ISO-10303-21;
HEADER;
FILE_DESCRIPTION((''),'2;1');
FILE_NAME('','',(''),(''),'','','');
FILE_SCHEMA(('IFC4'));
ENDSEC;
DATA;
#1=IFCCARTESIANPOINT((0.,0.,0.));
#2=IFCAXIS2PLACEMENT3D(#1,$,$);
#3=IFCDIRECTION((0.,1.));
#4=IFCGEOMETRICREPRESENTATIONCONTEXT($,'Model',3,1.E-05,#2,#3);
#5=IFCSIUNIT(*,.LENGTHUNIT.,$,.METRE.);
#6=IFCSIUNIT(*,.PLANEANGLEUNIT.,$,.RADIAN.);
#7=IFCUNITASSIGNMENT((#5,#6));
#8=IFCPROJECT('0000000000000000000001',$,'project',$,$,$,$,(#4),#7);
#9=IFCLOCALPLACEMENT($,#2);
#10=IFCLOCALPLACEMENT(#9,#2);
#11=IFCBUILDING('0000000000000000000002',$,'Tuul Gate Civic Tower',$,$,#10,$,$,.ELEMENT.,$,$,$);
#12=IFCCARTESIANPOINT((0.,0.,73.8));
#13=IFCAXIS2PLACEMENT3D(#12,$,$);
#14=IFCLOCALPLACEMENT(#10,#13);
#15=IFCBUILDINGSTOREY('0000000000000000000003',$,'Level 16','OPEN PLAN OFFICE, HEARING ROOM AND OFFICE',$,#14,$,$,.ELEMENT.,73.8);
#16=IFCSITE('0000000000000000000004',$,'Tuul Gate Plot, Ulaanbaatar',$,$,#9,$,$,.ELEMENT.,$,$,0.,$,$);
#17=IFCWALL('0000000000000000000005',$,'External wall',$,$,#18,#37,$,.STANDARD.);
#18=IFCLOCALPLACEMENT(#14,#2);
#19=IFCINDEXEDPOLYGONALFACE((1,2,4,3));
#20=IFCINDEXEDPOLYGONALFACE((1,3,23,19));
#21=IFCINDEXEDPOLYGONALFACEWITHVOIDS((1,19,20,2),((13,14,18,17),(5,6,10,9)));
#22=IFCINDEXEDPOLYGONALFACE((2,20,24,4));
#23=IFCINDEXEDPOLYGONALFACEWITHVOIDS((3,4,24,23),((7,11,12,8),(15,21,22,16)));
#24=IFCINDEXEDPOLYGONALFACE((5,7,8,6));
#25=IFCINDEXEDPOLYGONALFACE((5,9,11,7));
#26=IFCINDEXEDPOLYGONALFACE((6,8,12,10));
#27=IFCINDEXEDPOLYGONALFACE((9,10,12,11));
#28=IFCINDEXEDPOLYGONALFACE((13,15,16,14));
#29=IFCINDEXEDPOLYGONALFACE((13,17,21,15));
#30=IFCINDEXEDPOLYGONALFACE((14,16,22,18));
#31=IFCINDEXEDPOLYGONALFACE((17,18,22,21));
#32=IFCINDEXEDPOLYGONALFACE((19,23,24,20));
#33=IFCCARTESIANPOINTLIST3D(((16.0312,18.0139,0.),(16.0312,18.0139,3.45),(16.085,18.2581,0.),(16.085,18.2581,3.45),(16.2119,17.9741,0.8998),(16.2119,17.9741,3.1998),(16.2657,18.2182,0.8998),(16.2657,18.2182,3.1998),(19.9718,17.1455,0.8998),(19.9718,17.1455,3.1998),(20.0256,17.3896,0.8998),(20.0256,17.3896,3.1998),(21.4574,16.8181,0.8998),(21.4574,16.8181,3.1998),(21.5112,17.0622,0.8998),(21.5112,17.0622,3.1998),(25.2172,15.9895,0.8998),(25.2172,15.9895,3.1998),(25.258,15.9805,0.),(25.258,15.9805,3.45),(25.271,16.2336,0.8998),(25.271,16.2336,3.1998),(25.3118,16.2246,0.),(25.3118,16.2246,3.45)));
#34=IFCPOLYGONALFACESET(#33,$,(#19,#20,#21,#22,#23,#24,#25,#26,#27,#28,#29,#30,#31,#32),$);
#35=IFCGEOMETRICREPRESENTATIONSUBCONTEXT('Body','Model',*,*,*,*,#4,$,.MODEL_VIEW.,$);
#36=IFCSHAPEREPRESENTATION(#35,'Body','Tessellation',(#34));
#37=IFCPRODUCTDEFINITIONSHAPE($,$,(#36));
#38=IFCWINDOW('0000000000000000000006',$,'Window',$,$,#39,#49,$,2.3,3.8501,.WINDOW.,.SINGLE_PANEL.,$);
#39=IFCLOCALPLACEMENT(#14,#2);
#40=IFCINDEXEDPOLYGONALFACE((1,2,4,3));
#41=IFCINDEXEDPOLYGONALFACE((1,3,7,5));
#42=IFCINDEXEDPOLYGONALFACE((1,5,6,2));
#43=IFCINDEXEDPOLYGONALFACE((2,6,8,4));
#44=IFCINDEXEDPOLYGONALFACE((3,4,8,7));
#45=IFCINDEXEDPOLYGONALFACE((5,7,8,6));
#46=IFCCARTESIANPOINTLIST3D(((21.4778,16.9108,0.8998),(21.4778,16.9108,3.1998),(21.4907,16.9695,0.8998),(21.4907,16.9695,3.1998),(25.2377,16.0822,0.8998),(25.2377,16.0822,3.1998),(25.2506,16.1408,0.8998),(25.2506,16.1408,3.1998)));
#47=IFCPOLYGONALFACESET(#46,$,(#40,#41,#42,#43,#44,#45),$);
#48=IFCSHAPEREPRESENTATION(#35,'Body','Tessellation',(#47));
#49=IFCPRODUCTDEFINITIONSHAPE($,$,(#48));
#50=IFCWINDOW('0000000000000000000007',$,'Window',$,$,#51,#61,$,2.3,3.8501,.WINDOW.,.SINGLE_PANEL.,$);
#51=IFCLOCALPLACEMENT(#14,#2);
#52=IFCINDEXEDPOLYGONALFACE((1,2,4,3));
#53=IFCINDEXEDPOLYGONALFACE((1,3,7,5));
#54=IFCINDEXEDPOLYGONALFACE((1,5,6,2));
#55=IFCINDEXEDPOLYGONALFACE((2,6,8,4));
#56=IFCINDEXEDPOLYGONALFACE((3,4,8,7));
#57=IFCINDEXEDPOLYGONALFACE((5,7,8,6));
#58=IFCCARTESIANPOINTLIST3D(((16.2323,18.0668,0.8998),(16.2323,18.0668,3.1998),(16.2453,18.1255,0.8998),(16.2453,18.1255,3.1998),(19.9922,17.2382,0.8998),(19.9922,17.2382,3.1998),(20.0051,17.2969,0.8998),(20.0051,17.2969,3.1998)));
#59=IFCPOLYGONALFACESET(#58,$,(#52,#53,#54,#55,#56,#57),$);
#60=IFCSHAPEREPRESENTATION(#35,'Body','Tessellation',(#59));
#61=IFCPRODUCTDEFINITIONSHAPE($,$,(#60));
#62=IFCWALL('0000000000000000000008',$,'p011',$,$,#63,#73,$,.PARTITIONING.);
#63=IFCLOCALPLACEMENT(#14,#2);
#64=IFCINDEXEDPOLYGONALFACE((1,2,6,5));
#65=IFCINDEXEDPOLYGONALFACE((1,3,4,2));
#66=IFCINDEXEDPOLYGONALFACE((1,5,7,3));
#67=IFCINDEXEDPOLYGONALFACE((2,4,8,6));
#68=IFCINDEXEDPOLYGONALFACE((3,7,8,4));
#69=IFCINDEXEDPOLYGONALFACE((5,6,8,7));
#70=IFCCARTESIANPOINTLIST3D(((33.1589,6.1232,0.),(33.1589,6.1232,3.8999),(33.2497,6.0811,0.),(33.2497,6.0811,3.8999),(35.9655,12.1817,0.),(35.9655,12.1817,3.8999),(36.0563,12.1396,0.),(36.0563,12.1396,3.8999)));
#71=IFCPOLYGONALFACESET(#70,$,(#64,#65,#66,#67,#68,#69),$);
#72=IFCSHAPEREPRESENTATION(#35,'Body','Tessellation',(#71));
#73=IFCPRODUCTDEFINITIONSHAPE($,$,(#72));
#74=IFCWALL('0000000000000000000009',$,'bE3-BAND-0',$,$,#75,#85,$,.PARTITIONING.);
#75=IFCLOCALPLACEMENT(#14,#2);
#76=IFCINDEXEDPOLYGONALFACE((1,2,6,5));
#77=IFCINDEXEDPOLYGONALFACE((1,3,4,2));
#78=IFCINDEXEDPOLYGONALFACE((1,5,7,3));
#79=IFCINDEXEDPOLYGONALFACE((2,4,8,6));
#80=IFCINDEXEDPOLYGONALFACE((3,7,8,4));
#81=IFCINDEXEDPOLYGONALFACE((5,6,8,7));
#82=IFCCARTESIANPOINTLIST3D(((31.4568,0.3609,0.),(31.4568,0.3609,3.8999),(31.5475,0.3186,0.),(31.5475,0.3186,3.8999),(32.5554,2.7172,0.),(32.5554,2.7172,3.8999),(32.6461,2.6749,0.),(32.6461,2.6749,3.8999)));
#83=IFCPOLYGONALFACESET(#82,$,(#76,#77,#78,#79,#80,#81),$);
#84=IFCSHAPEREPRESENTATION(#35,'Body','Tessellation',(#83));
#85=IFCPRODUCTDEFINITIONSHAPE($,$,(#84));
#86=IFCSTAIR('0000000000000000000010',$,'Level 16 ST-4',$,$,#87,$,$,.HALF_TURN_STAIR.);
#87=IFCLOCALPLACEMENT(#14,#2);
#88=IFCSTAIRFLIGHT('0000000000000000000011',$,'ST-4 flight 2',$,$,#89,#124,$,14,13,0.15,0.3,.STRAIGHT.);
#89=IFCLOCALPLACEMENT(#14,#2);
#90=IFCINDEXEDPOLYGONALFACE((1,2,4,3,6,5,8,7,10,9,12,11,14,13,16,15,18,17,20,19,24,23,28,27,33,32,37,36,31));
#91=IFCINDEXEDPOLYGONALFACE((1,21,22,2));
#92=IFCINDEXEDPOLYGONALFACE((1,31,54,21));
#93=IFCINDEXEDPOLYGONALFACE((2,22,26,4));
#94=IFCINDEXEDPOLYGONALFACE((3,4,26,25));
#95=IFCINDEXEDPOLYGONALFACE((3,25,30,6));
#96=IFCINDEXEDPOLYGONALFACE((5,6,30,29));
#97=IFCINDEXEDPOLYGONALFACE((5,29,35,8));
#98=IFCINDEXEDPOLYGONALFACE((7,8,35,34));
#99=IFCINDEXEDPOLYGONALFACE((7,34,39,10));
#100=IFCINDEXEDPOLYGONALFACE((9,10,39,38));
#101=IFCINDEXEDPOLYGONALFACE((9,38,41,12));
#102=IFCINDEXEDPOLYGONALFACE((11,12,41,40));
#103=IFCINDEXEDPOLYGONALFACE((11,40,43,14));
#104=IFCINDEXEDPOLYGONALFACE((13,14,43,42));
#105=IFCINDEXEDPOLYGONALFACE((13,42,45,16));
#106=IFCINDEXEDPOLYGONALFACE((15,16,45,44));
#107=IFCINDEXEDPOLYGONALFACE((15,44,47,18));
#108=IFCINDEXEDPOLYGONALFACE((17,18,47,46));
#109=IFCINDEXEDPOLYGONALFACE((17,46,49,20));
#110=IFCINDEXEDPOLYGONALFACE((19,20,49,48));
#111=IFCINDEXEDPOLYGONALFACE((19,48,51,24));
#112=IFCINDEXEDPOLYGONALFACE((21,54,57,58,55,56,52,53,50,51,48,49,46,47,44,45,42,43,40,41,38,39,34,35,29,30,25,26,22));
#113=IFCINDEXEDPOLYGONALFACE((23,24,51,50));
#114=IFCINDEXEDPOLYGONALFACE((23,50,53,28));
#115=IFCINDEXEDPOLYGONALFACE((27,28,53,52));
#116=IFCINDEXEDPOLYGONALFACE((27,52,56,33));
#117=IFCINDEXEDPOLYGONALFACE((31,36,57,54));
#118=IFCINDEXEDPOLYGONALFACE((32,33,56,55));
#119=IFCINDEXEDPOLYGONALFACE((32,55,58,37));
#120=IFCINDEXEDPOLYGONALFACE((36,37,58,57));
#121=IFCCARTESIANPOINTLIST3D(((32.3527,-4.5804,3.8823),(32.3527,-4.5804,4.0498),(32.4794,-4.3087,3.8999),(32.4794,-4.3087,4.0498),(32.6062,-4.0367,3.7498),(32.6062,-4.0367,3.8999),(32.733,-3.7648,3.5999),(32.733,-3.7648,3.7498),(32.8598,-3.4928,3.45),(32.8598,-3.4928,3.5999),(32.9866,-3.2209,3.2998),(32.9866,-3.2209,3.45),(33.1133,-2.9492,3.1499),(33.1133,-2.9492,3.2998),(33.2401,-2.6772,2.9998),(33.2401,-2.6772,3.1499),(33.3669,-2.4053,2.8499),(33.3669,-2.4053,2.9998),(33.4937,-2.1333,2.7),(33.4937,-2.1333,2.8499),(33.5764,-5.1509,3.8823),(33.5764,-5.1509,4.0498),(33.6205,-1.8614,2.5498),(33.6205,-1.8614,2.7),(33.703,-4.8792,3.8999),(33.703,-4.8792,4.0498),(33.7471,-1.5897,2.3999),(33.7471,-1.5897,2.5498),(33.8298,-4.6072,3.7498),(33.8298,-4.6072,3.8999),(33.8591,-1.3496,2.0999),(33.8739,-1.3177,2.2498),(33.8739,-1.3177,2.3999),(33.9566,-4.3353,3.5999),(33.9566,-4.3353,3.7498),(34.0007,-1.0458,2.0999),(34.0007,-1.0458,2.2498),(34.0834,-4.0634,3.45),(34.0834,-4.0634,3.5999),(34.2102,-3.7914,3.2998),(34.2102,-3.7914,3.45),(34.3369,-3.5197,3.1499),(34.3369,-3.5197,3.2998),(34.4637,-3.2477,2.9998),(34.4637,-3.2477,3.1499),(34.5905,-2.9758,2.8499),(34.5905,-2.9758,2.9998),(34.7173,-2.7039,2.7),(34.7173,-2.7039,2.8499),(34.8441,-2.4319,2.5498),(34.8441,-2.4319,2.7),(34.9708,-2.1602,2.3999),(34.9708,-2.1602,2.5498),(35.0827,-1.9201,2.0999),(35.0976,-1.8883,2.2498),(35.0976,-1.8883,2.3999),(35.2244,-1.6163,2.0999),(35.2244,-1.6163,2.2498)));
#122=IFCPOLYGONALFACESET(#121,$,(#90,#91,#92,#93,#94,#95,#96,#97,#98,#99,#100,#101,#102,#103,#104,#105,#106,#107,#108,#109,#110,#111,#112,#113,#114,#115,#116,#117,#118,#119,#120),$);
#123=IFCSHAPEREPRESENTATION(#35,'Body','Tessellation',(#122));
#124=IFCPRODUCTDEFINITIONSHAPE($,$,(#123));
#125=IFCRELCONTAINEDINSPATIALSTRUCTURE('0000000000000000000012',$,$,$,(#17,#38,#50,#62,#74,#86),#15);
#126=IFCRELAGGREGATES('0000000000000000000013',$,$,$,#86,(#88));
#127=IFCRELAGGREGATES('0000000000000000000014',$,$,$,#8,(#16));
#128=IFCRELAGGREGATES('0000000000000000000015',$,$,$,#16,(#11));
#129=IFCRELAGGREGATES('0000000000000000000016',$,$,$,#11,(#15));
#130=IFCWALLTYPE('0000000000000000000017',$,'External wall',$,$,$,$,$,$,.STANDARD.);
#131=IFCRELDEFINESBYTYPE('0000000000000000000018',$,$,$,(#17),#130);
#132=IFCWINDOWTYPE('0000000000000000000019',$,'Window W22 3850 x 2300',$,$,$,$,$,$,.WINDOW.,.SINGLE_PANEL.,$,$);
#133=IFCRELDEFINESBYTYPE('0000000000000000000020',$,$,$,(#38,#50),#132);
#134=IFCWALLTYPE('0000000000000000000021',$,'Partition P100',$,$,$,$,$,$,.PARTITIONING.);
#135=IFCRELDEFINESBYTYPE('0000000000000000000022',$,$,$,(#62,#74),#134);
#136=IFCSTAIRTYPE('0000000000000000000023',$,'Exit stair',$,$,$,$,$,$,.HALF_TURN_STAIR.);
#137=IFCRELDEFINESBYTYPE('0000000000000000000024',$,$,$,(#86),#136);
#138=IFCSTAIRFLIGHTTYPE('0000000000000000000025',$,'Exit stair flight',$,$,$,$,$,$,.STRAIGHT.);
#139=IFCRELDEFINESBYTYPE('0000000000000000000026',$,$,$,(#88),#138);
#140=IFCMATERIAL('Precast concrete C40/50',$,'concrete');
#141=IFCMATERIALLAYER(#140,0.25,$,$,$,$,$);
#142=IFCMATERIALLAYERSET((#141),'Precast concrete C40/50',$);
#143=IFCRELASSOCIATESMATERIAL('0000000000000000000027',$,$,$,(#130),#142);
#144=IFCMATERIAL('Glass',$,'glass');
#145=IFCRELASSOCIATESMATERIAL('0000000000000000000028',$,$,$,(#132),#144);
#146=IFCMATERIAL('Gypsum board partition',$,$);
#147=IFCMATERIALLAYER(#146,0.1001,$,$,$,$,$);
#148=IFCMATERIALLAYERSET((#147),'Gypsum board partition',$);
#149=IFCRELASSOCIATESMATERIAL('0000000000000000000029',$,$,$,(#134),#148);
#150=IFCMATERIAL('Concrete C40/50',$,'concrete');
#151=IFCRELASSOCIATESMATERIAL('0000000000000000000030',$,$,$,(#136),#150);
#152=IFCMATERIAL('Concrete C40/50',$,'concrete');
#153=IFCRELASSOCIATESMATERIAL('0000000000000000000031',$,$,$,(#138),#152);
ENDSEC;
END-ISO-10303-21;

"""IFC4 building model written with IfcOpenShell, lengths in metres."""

from ifc_helpers import new_model, si_unit, direction, frame, frame_2d, origin, place, context, subcontext, project, spatial, polyline, rectangle, outline, extrude, material, layer, layer_set, type_object, element, fill, aggregate, save


model = new_model("IFC4")

# Units and contexts
model_context = context("Model", 3, precision=1e-05, world=origin(), true_north=direction((0.0, 1.0)))
body_context = subcontext(model_context, "Body", "Model", "MODEL_VIEW")
ifc_project = project(units=[si_unit("LENGTHUNIT", "METRE"), si_unit("PLANEANGLEUNIT", "RADIAN")], contexts=[model_context])

# Site, building, storey
site_placement = place(None, origin())
site = spatial("IfcSite", under=ifc_project, at=site_placement, Name="Tuul Gate Plot, Ulaanbaatar", CompositionType="ELEMENT", RefElevation=0.0)
building_placement = place(site_placement, origin())
building = spatial("IfcBuilding", under=site, at=building_placement, Name="Tuul Gate Civic Tower", CompositionType="ELEMENT")
storey_placement = place(building_placement, frame((0.0, 0.0, 73.8)))
storey = spatial("IfcBuildingStorey", under=building, at=storey_placement, Name="Level 16", Description="OPEN PLAN OFFICE, HEARING ROOM AND OFFICE", CompositionType="ELEMENT", Elevation=73.8)

# Wall, openings, windows
ifc_material_1 = material(Name="Precast concrete C40/50", Category="concrete")
ifc_layer_1 = layer(ifc_material_1, 0.25)
ifc_layer_set_1 = layer_set([ifc_layer_1], Name="Precast concrete C40/50")
wall_type_1 = type_object("IfcWallType", Name="External wall", PredefinedType="STANDARD", material=ifc_layer_set_1)
ifc_material_2 = material(Name="Glass", Category="glass")
window_type_1 = type_object("IfcWindowType", Name="Window W22 3850 x 2300", PartitioningType="SINGLE_PANEL", PredefinedType="WINDOW", material=ifc_material_2)
wall_1_placement = place(storey_placement, frame((25.2849, 16.1025, 0.0), z_axis=(0.0, 0.0, 1.0), x_axis=(-0.976566, 0.21522, 0.0)))
wall_1 = element("IfcWall", 1, at=wall_1_placement, inside=storey, type_object=wall_type_1, Name="External wall", PredefinedType="STANDARD", context=body_context, shape_type="SweptSolid", body=[
    extrude(rectangle(XDim=9.4482, YDim=0.25, at=frame_2d((4.7241, 0.0))), origin(), (0.0, 0.0, 1.0), 3.45),
])
opening_1_placement = place(wall_1_placement, frame((0.0417, 0.0, 0.8999)))
opening_1 = element("IfcOpeningElement", 2, at=opening_1_placement, cuts=wall_1, PredefinedType="OPENING", context=body_context, shape_type="SweptSolid", body=[
    extrude(rectangle(XDim=3.8501, YDim=2.3, at=frame_2d((1.925, 1.1499))), frame((0.0, 0.135, 0.0), z_axis=(0.0, -1.0, 0.0), x_axis=(1.0, 0.0, 0.0)), (0.0, 0.0, 1.0), 0.27),
])
opening_2_placement = place(wall_1_placement, frame((5.4131, 0.0, 0.8999)))
opening_2 = element("IfcOpeningElement", 3, at=opening_2_placement, cuts=wall_1, PredefinedType="OPENING", context=body_context, shape_type="SweptSolid", body=[
    extrude(rectangle(XDim=3.8501, YDim=2.3, at=frame_2d((1.925, 1.1499))), frame((0.0, 0.135, 0.0), z_axis=(0.0, -1.0, 0.0), x_axis=(1.0, 0.0, 0.0)), (0.0, 0.0, 1.0), 0.27),
])
window_1_placement = place(opening_1_placement, origin())
window_1 = element("IfcWindow", 4, at=window_1_placement, inside=storey, type_object=window_type_1, Name="Window", OverallHeight=2.3, OverallWidth=3.8501, PartitioningType="SINGLE_PANEL", PredefinedType="WINDOW", context=body_context, shape_type="SweptSolid", body=[
    extrude(rectangle(XDim=3.8501, YDim=2.3, at=frame_2d((1.925, 1.1499))), frame((0.0, 0.03, 0.0), z_axis=(0.0, -1.0, 0.0), x_axis=(1.0, 0.0, 0.0)), (0.0, 0.0, 1.0), 0.0601),
])
fill(opening_1, window_1)
window_2_placement = place(opening_2_placement, origin())
window_2 = element("IfcWindow", 5, at=window_2_placement, inside=storey, type_object=window_type_1, Name="Window", OverallHeight=2.3, OverallWidth=3.8501, PartitioningType="SINGLE_PANEL", PredefinedType="WINDOW", context=body_context, shape_type="SweptSolid", body=[
    extrude(rectangle(XDim=3.8501, YDim=2.3, at=frame_2d((1.925, 1.1499))), frame((0.0, 0.03, 0.0), z_axis=(0.0, -1.0, 0.0), x_axis=(1.0, 0.0, 0.0)), (0.0, 0.0, 1.0), 0.0601),
])
fill(opening_2, window_2)

# Walls
ifc_material_3 = material(Name="Gypsum board partition")
ifc_layer_2 = layer(ifc_material_3, 0.1001)
ifc_layer_set_2 = layer_set([ifc_layer_2], Name="Gypsum board partition")
wall_type_2 = type_object("IfcWallType", Name="Partition P100", PredefinedType="PARTITIONING", material=ifc_layer_set_2)
wall_2_placement = place(storey_placement, frame((33.2043, 6.1023, 0.0), z_axis=(0.0, 0.0, 1.0), x_axis=(0.420338, 0.907368, 0.0)))
element("IfcWall", 6, at=wall_2_placement, inside=storey, type_object=wall_type_2, Name="p011", PredefinedType="PARTITIONING", context=body_context, shape_type="SweptSolid", body=[
    extrude(rectangle(XDim=6.677, YDim=0.1001, at=frame_2d((3.3384, 0.0))), origin(), (0.0, 0.0, 1.0), 3.8999),
])
wall_3_placement = place(storey_placement, frame((31.5022, 0.3398, 0.0), z_axis=(0.0, 0.0, 1.0), x_axis=(0.422556, 0.906337, 0.0)))
element("IfcWall", 7, at=wall_3_placement, inside=storey, type_object=wall_type_2, Name="bE3-BAND-0", PredefinedType="PARTITIONING", context=body_context, shape_type="SweptSolid", body=[
    extrude(rectangle(XDim=2.5999, YDim=0.1001, at=frame_2d((1.2998, 0.0))), origin(), (0.0, 0.0, 1.0), 3.8999),
])

# Stair, stair flight
ifc_material_4 = material(Name="Concrete C40/50", Category="concrete")
stair_type = type_object("IfcStairType", Name="Exit stair", PredefinedType="HALF_TURN_STAIR", material=ifc_material_4)
stair_placement = place(storey_placement, origin())
stair = element("IfcStair", 8, at=stair_placement, inside=storey, type_object=stair_type, Name="Level 16 ST-4", PredefinedType="HALF_TURN_STAIR")
ifc_material_5 = material(Name="Concrete C40/50", Category="concrete")
stair_flight_type = type_object("IfcStairFlightType", Name="Exit stair flight", PredefinedType="STRAIGHT", material=ifc_material_5)
stair_flight_placement = place(storey_placement, frame((34.6125, -1.3311, 2.0999), z_axis=(0.0, 0.0, 1.0), x_axis=(-0.422576, -0.906327, 0.0)))
stair_flight = element("IfcStairFlight", 9, at=stair_flight_placement, type_object=stair_flight_type, Name="ST-4 flight 2", NumberOfRisers=14, NumberOfTreads=13, PredefinedType="STRAIGHT", RiserHeight=0.15, TreadLength=0.3, context=body_context, shape_type="SweptSolid", body=[
    extrude(outline(polyline([(0.0, 0.0), (0.0, 0.1499), (0.3, 0.1499), (0.3, 0.3), (0.6001, 0.3), (0.6001, 0.45), (0.8999, 0.45), (0.8999, 0.6001), (1.2, 0.6001), (1.2, 0.75), (1.5, 0.75), (1.5, 0.8999), (1.8, 0.8999), (1.8, 1.05), (2.1001, 1.05), (2.1001, 1.2), (2.3999, 1.2), (2.3999, 1.3501), (2.7, 1.3501), (2.7, 1.5), (3.0, 1.5), (3.0, 1.6499), (3.3, 1.6499), (3.3, 1.8), (3.6001, 1.8), (3.6001, 1.95), (3.8999, 1.95), (3.8999, 2.1001), (3.8999, 1.7825), (0.3352, 0.0), (0.0, 0.0)])), frame((0.0, 0.675, 0.0), z_axis=(0.0, -1.0, 0.0), x_axis=(1.0, 0.0, 0.0)), (0.0, 0.0, 1.0), 1.3501),
])
aggregate(stair, [stair_flight])

save(model, "model.ifc")
